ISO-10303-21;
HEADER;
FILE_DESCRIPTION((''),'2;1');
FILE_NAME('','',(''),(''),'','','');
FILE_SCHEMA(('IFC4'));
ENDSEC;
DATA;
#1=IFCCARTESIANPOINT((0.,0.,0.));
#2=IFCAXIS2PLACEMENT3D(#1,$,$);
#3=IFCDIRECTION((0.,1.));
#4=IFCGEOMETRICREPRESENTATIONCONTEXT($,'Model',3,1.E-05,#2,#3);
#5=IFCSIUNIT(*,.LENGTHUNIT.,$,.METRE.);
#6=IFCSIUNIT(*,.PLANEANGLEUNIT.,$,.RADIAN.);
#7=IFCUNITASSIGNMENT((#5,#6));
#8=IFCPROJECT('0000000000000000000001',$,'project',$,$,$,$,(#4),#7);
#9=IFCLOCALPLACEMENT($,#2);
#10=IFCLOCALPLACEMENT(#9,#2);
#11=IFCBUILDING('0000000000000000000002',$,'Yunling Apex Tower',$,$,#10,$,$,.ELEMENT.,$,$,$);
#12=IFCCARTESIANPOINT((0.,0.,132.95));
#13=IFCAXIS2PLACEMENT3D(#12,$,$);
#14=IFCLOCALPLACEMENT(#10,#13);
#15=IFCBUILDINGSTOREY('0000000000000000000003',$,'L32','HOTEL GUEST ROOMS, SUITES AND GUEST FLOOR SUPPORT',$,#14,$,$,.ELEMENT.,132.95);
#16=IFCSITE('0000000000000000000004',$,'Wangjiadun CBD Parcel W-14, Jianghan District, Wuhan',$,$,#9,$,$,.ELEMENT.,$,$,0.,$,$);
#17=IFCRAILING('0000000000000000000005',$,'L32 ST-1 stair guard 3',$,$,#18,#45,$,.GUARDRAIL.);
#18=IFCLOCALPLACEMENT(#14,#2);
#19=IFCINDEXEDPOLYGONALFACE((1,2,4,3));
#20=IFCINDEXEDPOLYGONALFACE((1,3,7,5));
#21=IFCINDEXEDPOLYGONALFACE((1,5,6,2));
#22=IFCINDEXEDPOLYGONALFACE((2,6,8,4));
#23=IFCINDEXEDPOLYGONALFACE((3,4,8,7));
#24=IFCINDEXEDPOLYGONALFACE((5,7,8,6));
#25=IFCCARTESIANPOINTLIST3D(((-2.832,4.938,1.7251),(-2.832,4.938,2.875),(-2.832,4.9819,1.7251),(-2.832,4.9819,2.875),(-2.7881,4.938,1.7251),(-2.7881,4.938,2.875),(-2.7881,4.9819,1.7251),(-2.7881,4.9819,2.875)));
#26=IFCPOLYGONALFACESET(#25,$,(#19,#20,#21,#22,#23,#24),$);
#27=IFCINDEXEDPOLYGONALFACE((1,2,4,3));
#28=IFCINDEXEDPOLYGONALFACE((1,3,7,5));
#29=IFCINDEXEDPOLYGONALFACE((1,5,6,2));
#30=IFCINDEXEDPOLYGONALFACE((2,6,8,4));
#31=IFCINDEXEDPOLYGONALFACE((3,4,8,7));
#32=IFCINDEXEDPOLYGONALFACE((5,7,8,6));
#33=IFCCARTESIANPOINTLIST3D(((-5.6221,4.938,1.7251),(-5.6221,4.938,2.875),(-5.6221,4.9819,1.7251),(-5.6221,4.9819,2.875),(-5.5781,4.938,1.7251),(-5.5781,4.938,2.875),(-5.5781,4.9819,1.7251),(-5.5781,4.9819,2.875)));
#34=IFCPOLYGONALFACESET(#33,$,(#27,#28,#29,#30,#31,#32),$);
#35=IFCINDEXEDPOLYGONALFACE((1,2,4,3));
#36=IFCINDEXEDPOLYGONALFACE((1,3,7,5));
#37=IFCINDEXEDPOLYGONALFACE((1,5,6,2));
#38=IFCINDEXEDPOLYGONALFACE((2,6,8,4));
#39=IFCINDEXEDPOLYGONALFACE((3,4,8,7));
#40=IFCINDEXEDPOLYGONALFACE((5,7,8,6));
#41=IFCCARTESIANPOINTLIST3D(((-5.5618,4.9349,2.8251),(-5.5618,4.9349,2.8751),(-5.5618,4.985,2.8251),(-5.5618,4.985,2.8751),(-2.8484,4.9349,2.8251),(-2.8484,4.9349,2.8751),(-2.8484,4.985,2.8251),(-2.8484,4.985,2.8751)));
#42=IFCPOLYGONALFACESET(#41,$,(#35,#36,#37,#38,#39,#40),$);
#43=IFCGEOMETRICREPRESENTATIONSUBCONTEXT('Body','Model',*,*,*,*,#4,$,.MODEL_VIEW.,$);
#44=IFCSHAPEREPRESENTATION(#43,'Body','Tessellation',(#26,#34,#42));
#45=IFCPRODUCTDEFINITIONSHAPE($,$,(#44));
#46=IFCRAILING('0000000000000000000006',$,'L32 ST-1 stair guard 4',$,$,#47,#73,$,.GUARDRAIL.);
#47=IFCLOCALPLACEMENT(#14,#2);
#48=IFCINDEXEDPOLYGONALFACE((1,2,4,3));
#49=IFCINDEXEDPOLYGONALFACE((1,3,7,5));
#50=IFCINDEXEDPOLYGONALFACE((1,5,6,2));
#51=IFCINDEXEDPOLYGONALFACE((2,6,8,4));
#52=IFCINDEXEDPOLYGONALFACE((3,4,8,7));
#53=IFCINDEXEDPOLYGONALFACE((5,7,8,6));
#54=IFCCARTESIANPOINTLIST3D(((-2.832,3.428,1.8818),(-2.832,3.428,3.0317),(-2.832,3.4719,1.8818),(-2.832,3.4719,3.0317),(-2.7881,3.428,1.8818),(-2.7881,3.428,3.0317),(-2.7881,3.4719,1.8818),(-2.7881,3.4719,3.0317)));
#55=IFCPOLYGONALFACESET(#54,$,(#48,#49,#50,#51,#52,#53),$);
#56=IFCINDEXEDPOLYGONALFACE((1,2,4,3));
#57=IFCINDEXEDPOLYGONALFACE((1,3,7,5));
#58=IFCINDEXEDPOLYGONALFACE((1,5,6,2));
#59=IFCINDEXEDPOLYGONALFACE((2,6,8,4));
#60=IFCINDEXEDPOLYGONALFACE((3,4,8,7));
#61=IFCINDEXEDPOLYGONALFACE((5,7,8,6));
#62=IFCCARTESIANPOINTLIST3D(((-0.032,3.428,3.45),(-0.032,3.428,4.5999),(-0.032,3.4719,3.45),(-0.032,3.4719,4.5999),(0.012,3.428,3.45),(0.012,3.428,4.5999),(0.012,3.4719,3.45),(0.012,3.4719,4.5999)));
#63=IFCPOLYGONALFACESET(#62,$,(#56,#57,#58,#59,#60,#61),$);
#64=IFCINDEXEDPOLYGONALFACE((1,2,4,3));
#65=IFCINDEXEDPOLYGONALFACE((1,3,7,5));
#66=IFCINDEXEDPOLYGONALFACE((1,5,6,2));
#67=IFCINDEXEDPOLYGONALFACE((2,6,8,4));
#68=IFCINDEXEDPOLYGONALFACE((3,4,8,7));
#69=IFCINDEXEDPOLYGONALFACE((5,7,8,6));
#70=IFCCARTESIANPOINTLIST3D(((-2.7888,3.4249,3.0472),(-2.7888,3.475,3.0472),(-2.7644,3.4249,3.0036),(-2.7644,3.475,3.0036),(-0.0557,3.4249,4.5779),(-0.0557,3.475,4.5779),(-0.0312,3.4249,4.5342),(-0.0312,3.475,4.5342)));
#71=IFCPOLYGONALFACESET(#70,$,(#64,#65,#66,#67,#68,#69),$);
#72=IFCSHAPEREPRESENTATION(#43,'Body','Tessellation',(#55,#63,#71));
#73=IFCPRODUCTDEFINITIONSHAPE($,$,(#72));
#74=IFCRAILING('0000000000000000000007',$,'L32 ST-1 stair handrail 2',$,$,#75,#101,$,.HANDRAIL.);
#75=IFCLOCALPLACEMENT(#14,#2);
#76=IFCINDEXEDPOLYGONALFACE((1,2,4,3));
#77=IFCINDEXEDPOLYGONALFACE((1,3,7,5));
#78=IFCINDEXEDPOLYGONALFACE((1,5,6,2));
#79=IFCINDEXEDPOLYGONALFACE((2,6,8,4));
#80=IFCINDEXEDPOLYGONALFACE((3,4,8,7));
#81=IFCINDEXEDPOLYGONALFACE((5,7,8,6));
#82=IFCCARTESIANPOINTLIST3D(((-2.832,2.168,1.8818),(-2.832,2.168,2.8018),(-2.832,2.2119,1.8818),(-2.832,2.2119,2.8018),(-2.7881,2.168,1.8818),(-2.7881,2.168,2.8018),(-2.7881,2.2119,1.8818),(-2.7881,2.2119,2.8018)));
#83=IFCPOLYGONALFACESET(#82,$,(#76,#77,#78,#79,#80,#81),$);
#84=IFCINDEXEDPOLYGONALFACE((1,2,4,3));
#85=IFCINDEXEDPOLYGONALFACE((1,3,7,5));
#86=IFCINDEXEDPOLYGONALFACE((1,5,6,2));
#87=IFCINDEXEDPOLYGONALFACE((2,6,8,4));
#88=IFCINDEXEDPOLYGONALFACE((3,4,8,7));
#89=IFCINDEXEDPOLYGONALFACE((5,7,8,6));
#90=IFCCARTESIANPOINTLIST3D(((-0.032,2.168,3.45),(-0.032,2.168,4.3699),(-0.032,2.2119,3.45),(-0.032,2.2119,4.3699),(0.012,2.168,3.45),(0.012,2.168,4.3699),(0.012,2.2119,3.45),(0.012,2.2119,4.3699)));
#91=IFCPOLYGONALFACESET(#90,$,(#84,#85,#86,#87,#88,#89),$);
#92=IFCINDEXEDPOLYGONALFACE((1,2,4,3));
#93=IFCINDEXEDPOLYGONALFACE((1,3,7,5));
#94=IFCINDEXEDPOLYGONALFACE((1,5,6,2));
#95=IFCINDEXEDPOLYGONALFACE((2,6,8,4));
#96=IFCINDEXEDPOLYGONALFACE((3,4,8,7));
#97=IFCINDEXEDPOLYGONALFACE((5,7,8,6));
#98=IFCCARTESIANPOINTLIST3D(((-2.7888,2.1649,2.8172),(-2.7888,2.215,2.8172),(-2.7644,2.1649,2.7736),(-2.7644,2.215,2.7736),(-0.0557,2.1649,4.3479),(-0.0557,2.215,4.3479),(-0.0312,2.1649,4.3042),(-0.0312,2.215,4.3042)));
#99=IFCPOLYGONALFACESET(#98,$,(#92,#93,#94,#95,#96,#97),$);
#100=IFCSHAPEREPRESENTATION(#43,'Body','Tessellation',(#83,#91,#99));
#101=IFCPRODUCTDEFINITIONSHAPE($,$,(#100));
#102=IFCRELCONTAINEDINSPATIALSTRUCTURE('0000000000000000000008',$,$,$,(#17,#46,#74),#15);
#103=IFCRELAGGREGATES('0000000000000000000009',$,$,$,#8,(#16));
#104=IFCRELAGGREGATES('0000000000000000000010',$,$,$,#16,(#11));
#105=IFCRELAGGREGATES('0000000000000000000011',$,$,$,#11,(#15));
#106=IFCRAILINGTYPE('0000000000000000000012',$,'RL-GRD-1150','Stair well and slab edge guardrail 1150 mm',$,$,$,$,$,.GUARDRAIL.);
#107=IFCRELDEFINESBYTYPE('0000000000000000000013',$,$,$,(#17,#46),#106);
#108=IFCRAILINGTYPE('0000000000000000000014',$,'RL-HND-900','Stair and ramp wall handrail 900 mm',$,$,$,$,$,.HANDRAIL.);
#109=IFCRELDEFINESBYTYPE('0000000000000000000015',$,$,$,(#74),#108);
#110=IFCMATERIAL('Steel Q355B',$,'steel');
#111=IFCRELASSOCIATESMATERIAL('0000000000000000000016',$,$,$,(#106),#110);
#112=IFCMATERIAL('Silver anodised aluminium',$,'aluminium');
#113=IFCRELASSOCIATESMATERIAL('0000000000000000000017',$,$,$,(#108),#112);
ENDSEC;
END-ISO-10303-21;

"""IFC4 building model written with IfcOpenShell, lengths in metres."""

from ifc_helpers import new_model, si_unit, direction, frame, origin, origin_2d, place, context, subcontext, project, spatial, rectangle, extrude, material, type_object, element, save


model = new_model("IFC4")

# Units and contexts
model_context = context("Model", 3, precision=1e-05, world=origin(), true_north=direction((0.0, 1.0)))
body_context = subcontext(model_context, "Body", "Model", "MODEL_VIEW")
ifc_project = project(units=[si_unit("LENGTHUNIT", "METRE"), si_unit("PLANEANGLEUNIT", "RADIAN")], contexts=[model_context])

# Site, building, storey
site_placement = place(None, origin())
site = spatial("IfcSite", under=ifc_project, at=site_placement, Name="Wangjiadun CBD Parcel W-14, Jianghan District, Wuhan", CompositionType="ELEMENT", RefElevation=0.0)
building_placement = place(site_placement, origin())
building = spatial("IfcBuilding", under=site, at=building_placement, Name="Yunling Apex Tower", CompositionType="ELEMENT")
storey_placement = place(building_placement, frame((0.0, 0.0, 132.95)))
storey = spatial("IfcBuildingStorey", under=building, at=storey_placement, Name="L32", Description="HOTEL GUEST ROOMS, SUITES AND GUEST FLOOR SUPPORT", CompositionType="ELEMENT", Elevation=132.95)

# Shared definitions
ifc_material_1 = material(Name="Steel Q355B", Category="steel")

# Shared definitions
ifc_material_2 = material(Name="Silver anodised aluminium", Category="aluminium")

# Railings
railing_type_1 = type_object("IfcRailingType", Name="RL-GRD-1150", Description="Stair well and slab edge guardrail 1150 mm", PredefinedType="GUARDRAIL", material=ifc_material_1)
railing_1_placement = place(storey_placement, frame((-2.8101, 4.96, 1.7251)))
element("IfcRailing", 1, at=railing_1_placement, inside=storey, type_object=railing_type_1, Name="L32 ST-1 stair guard 3", PredefinedType="GUARDRAIL", context=body_context, shape_type="SweptSolid", body=[
    extrude(rectangle(XDim=0.0439, YDim=0.0439, at=origin_2d()), origin(), (0.0, 0.0, 1.0), 1.1499),
    extrude(rectangle(XDim=0.0439, YDim=0.0439, at=origin_2d()), frame((-2.79, 0.0, 0.0)), (0.0, 0.0, 1.0), 1.1499),
    extrude(rectangle(XDim=0.05, YDim=0.05, at=origin_2d()), frame((-0.0383, 0.0, 1.125), z_axis=(-1.0, 0.0, 0.0), x_axis=(0.0, -1.0, 0.0)), (0.0, 0.0, 1.0), 2.7134),
])
railing_2_placement = place(storey_placement, frame((-2.8101, 3.45, 1.8818)))
element("IfcRailing", 2, at=railing_2_placement, inside=storey, type_object=railing_type_1, Name="L32 ST-1 stair guard 4", PredefinedType="GUARDRAIL", context=body_context, shape_type="SweptSolid", body=[
    extrude(rectangle(XDim=0.0439, YDim=0.0439, at=origin_2d()), origin(), (0.0, 0.0, 1.0), 1.1499),
    extrude(rectangle(XDim=0.0439, YDim=0.0439, at=origin_2d()), frame((2.8, 0.0, 1.5681)), (0.0, 0.0, 1.0), 1.1499),
    extrude(rectangle(XDim=0.05, YDim=0.05, at=origin_2d()), frame((0.0334, 0.0, 1.1436), z_axis=(0.872494, 0.0, 0.488624), x_axis=(0.0, 1.0, 0.0)), (0.0, 0.0, 1.0), 3.1326),
])
railing_type_2 = type_object("IfcRailingType", Name="RL-HND-900", Description="Stair and ramp wall handrail 900 mm", PredefinedType="HANDRAIL", material=ifc_material_2)
railing_3_placement = place(storey_placement, frame((-2.8101, 2.1899, 1.8818)))
element("IfcRailing", 3, at=railing_3_placement, inside=storey, type_object=railing_type_2, Name="L32 ST-1 stair handrail 2", PredefinedType="HANDRAIL", context=body_context, shape_type="SweptSolid", body=[
    extrude(rectangle(XDim=0.0439, YDim=0.0439, at=origin_2d()), origin(), (0.0, 0.0, 1.0), 0.9199),
    extrude(rectangle(XDim=0.0439, YDim=0.0439, at=origin_2d()), frame((2.8, 0.0, 1.5681)), (0.0, 0.0, 1.0), 0.9199),
    extrude(rectangle(XDim=0.05, YDim=0.05, at=origin_2d()), frame((0.0334, 0.0, 0.9136), z_axis=(0.872494, 0.0, 0.488624), x_axis=(0.0, 1.0, 0.0)), (0.0, 0.0, 1.0), 3.1326),
])

save(model, "model.ifc")
